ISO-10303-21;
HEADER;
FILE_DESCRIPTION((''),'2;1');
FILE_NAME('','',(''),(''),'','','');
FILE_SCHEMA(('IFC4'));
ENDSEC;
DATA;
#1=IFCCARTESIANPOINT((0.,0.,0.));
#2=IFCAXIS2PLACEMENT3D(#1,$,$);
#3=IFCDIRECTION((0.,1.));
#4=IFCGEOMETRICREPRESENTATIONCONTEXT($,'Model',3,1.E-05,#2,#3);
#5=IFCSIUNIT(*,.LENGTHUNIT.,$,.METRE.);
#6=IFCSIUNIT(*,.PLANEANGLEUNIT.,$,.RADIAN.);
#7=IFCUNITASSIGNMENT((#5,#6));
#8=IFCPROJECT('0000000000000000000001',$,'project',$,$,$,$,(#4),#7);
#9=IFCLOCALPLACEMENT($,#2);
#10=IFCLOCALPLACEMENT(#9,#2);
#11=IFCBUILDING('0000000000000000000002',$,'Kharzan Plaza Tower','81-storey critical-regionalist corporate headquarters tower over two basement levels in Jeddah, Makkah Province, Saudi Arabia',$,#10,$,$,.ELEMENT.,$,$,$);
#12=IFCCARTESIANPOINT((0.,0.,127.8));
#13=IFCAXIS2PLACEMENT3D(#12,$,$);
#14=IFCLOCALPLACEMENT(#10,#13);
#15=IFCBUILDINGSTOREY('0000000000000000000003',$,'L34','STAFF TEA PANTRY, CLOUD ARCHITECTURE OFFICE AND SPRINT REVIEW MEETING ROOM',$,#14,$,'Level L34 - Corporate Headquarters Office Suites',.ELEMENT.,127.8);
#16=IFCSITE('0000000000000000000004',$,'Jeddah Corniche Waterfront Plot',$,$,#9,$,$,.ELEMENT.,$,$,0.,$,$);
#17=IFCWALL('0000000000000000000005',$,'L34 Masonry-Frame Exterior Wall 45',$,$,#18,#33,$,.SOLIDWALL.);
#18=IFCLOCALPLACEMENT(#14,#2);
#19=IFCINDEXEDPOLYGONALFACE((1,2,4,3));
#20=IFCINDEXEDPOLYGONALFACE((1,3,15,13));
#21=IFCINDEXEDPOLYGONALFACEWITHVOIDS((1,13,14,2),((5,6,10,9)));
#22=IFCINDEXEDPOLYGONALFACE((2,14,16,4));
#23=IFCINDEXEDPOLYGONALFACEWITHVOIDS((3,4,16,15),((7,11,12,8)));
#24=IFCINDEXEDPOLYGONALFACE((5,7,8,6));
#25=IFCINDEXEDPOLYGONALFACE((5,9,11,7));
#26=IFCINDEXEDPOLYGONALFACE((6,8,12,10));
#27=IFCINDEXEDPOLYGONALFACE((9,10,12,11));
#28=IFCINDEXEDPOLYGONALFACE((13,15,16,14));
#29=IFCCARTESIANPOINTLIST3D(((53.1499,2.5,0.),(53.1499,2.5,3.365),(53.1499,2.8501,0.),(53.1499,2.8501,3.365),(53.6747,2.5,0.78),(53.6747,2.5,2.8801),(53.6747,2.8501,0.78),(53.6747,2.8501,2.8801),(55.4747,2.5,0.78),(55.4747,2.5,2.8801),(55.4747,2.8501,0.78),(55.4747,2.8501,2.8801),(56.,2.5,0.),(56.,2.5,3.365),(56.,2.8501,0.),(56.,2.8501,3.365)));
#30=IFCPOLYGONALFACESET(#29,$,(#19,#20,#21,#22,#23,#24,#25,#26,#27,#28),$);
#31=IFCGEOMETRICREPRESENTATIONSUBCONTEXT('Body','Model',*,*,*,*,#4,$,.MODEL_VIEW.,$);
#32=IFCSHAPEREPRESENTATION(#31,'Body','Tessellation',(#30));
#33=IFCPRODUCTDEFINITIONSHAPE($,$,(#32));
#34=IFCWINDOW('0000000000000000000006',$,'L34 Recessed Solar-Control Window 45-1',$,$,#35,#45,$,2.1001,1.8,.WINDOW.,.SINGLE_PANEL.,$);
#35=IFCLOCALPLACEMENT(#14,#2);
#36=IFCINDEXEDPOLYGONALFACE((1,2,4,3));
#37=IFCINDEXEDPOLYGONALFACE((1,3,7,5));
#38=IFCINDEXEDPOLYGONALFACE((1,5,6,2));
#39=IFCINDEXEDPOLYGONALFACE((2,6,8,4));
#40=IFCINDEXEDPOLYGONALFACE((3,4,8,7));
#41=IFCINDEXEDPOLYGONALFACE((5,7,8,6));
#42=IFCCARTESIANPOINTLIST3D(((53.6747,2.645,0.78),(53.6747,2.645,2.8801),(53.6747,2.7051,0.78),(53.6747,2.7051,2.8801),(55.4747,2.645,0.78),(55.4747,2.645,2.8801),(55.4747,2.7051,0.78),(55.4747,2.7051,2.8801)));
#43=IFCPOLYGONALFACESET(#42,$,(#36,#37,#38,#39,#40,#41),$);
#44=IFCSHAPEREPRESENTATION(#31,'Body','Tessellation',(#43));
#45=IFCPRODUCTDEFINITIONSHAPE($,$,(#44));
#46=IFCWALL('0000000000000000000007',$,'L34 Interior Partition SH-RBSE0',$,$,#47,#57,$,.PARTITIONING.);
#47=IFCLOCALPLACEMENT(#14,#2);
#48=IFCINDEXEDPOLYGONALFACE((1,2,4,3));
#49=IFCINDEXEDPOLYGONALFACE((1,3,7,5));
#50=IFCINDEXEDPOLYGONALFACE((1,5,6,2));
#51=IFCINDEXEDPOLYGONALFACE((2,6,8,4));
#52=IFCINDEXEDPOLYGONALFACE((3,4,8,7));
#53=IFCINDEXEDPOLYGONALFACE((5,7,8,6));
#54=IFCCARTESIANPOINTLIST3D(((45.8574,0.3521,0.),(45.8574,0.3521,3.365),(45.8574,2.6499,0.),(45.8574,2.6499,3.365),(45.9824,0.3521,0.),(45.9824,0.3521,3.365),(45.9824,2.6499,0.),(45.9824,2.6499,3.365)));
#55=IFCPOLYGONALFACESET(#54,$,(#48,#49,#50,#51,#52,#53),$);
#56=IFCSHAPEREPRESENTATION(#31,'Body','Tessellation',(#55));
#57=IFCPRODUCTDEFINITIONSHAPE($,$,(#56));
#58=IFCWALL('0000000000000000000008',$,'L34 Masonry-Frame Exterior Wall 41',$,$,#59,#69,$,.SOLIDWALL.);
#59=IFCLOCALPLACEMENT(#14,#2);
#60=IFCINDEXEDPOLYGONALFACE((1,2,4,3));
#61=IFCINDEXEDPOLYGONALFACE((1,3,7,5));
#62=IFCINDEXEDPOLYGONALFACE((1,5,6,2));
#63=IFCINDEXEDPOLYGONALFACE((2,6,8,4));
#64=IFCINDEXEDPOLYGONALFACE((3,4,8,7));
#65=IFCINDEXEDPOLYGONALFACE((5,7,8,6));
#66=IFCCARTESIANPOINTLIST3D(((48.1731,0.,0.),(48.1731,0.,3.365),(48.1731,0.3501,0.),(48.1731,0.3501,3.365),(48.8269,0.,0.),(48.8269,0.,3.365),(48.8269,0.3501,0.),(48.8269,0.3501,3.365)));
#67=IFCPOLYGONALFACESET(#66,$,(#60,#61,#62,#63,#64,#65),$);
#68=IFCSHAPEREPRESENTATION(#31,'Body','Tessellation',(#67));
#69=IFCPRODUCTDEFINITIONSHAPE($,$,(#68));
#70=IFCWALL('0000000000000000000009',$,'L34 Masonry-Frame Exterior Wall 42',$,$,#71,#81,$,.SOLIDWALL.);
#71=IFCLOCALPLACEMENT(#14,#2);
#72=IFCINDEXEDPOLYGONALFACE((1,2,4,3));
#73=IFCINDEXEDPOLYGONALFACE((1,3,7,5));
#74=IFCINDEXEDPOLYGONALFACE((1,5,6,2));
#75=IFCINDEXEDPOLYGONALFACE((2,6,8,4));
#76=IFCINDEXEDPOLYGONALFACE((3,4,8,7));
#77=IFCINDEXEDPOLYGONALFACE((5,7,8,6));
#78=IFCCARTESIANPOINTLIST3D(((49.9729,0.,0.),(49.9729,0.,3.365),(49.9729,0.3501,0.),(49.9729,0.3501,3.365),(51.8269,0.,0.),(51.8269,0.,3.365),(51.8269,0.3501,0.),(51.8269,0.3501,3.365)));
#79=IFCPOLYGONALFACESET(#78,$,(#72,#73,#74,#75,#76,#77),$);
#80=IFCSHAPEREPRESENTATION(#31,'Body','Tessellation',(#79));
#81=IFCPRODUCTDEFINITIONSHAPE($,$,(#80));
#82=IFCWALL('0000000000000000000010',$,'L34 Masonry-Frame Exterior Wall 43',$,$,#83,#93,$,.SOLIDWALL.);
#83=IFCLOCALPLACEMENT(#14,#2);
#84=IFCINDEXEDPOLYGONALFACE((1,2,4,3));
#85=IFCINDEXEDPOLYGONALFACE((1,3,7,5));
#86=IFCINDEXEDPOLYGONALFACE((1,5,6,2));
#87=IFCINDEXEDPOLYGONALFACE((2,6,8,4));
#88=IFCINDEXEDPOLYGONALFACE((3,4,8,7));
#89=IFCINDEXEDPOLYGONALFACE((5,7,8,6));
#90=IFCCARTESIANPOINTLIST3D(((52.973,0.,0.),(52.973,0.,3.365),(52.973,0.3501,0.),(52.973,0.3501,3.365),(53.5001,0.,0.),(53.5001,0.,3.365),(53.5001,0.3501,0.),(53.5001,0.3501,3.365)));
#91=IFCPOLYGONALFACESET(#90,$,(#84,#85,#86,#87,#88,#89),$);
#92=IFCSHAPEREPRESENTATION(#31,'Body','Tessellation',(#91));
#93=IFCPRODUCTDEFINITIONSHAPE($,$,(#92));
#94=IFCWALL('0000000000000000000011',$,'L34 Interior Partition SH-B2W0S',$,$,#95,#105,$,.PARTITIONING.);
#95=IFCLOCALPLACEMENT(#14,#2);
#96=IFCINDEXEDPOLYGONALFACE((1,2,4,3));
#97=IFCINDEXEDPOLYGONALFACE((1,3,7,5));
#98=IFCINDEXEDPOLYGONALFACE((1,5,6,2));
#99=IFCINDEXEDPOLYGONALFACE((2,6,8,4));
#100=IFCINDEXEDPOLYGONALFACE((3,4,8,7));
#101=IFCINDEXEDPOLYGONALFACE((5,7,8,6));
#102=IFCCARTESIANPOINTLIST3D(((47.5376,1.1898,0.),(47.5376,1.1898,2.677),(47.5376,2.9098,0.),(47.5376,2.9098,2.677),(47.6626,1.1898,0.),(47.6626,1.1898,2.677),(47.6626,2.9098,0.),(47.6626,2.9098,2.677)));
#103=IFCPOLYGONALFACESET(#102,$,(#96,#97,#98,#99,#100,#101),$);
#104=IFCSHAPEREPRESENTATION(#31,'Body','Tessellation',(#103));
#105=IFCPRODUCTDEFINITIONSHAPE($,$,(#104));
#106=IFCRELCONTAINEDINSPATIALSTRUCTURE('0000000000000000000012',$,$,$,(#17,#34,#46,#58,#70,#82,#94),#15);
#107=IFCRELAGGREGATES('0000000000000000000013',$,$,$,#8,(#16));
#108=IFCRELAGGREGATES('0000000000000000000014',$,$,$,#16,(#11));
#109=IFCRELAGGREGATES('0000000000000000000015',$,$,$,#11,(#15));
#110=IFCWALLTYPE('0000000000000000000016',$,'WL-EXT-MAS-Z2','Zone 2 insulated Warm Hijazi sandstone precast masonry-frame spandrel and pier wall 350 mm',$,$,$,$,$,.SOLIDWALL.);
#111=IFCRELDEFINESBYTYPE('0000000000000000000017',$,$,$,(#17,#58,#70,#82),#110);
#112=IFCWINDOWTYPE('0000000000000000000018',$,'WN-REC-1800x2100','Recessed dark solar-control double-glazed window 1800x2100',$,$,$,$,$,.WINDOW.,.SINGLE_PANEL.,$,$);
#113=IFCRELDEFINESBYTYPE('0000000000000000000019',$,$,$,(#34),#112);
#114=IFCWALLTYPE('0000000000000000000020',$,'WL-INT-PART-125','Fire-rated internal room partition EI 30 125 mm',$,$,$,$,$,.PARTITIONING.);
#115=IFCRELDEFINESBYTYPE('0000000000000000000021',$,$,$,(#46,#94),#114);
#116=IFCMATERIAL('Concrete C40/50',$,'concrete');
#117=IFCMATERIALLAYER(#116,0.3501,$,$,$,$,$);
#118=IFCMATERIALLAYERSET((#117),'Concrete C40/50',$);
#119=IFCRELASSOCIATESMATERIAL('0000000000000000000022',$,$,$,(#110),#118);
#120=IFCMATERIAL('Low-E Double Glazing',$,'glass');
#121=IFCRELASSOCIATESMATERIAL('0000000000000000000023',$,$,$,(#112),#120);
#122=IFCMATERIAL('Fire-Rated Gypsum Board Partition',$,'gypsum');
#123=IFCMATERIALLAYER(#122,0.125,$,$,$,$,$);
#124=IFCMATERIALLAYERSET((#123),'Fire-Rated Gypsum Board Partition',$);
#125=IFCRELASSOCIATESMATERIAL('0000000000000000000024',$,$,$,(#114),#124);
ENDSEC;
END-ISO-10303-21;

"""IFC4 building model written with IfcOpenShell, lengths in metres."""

from ifc_helpers import new_model, si_unit, direction, frame, frame_2d, origin, place, context, subcontext, project, spatial, rectangle, extrude, source, transform, mapped, material, layer, layer_set, type_object, element, fill, save


model = new_model("IFC4")

# Units and contexts
model_context = context("Model", 3, precision=1e-05, world=origin(), true_north=direction((0.0, 1.0)))
body_context = subcontext(model_context, "Body", "Model", "MODEL_VIEW")
ifc_project = project(units=[si_unit("LENGTHUNIT", "METRE"), si_unit("PLANEANGLEUNIT", "RADIAN")], contexts=[model_context])

# Site, building, storey
site_placement = place(None, origin())
site = spatial("IfcSite", under=ifc_project, at=site_placement, Name="Jeddah Corniche Waterfront Plot", CompositionType="ELEMENT", RefElevation=0.0)
building_placement = place(site_placement, origin())
building = spatial("IfcBuilding", under=site, at=building_placement, Name="Kharzan Plaza Tower", Description="81-storey critical-regionalist corporate headquarters tower over two basement levels in Jeddah, Makkah Province, Saudi Arabia", CompositionType="ELEMENT")
storey_placement = place(building_placement, frame((0.0, 0.0, 127.8)))
storey = spatial("IfcBuildingStorey", under=building, at=storey_placement, Name="L34", Description="STAFF TEA PANTRY, CLOUD ARCHITECTURE OFFICE AND SPRINT REVIEW MEETING ROOM", LongName="Level L34 - Corporate Headquarters Office Suites", CompositionType="ELEMENT", Elevation=127.8)

# Wall, opening, window
ifc_material_1 = material(Name="Concrete C40/50", Category="concrete")
ifc_layer_1 = layer(ifc_material_1, 0.3501)
ifc_layer_set_1 = layer_set([ifc_layer_1], Name="Concrete C40/50")
wall_type_1 = type_object("IfcWallType", Name="WL-EXT-MAS-Z2", Description="Zone 2 insulated Warm Hijazi sandstone precast masonry-frame spandrel and pier wall 350 mm", PredefinedType="SOLIDWALL", material=ifc_layer_set_1)
ifc_material_2 = material(Name="Low-E Double Glazing", Category="glass")
wall_1_placement = place(storey_placement, frame((53.1499, 2.675, 0.0), z_axis=(0.0, 0.0, 1.0), x_axis=(1.0, 0.0, 0.0)))
wall_1 = element("IfcWall", 1, at=wall_1_placement, inside=storey, type_object=wall_type_1, Name="L34 Masonry-Frame Exterior Wall 45", PredefinedType="SOLIDWALL", context=body_context, shape_type="SweptSolid", body=[
    extrude(rectangle(XDim=2.8501, YDim=0.3501, at=frame_2d((1.425, 0.0))), origin(), (0.0, 0.0, 1.0), 3.365),
])
opening_1_placement = place(wall_1_placement, frame((0.5249, 0.0, 0.78)))
opening_1 = element("IfcOpeningElement", 2, at=opening_1_placement, cuts=wall_1, PredefinedType="OPENING", context=body_context, shape_type="SweptSolid", body=[
    extrude(rectangle(XDim=1.8, YDim=2.1001, at=frame_2d((0.8999, 1.05))), frame((0.0, 0.1851, 0.0), z_axis=(0.0, -1.0, 0.0), x_axis=(1.0, 0.0, 0.0)), (0.0, 0.0, 1.0), 0.3701),
])
window_type_1 = type_object("IfcWindowType", Name="WN-REC-1800x2100", Description="Recessed dark solar-control double-glazed window 1800x2100", PartitioningType="SINGLE_PANEL", PredefinedType="WINDOW", material=ifc_material_2)
shared_shape_1 = source(origin(), body_context, "Body", "SweptSolid", [
    extrude(rectangle(XDim=1.8, YDim=2.1001, at=frame_2d((0.8999, 1.05))), frame((0.0, 0.03, 0.0), z_axis=(0.0, -1.0, 0.0), x_axis=(1.0, 0.0, 0.0)), (0.0, 0.0, 1.0), 0.0601),
])
window_1_placement = place(opening_1_placement, origin())
window_1 = element("IfcWindow", 3, at=window_1_placement, inside=storey, type_object=window_type_1, Name="L34 Recessed Solar-Control Window 45-1", OverallHeight=2.1001, OverallWidth=1.8, PartitioningType="SINGLE_PANEL", PredefinedType="WINDOW", context=body_context, shape_type="MappedRepresentation", body=[
    mapped(shared_shape_1, transform((0.0, 0.0, 0.0), x_axis=(1.0, 0.0, 0.0), y_axis=(0.0, 1.0, 0.0), z_axis=(0.0, 0.0, 1.0))),
])
fill(opening_1, window_1)

# Shared definitions
ifc_material_3 = material(Name="Fire-Rated Gypsum Board Partition", Category="gypsum")
ifc_layer_2 = layer(ifc_material_3, 0.125)
ifc_layer_set_2 = layer_set([ifc_layer_2], Name="Fire-Rated Gypsum Board Partition")
wall_type_2 = type_object("IfcWallType", Name="WL-INT-PART-125", Description="Fire-rated internal room partition EI 30 125 mm", PredefinedType="PARTITIONING", material=ifc_layer_set_2)

# Walls
shared_shape_2 = source(origin(), body_context, "Body", "SweptSolid", [
    extrude(rectangle(XDim=2.2979, YDim=0.125, at=frame_2d((1.1489, 0.0))), origin(), (0.0, 0.0, 1.0), 3.365),
])
wall_2_placement = place(storey_placement, frame((45.9199, 0.3521, 0.0), z_axis=(0.0, 0.0, 1.0), x_axis=(0.0, 1.0, 0.0)))
element("IfcWall", 4, at=wall_2_placement, inside=storey, type_object=wall_type_2, Name="L34 Interior Partition SH-RBSE0", PredefinedType="PARTITIONING", context=body_context, shape_type="MappedRepresentation", body=[
    mapped(shared_shape_2, transform((0.0, 0.0, 0.0), x_axis=(1.0, 0.0, 0.0), y_axis=(0.0, 1.0, 0.0), z_axis=(0.0, 0.0, 1.0))),
])
shared_shape_3 = source(origin(), body_context, "Body", "SweptSolid", [
    extrude(rectangle(XDim=0.6538, YDim=0.3501, at=frame_2d((0.3269, 0.0))), origin(), (0.0, 0.0, 1.0), 3.365),
])
wall_3_placement = place(storey_placement, frame((48.1731, 0.175, 0.0), z_axis=(0.0, 0.0, 1.0), x_axis=(1.0, 0.0, 0.0)))
element("IfcWall", 5, at=wall_3_placement, inside=storey, type_object=wall_type_1, Name="L34 Masonry-Frame Exterior Wall 41", PredefinedType="SOLIDWALL", context=body_context, shape_type="MappedRepresentation", body=[
    mapped(shared_shape_3, transform((0.0, 0.0, 0.0), x_axis=(1.0, 0.0, 0.0), y_axis=(0.0, 1.0, 0.0), z_axis=(0.0, 0.0, 1.0))),
])
shared_shape_4 = source(origin(), body_context, "Body", "SweptSolid", [
    extrude(rectangle(XDim=1.854, YDim=0.3501, at=frame_2d((0.927, 0.0))), origin(), (0.0, 0.0, 1.0), 3.365),
])
wall_4_placement = place(storey_placement, frame((49.9729, 0.175, 0.0), z_axis=(0.0, 0.0, 1.0), x_axis=(1.0, 0.0, 0.0)))
element("IfcWall", 6, at=wall_4_placement, inside=storey, type_object=wall_type_1, Name="L34 Masonry-Frame Exterior Wall 42", PredefinedType="SOLIDWALL", context=body_context, shape_type="MappedRepresentation", body=[
    mapped(shared_shape_4, transform((0.0, 0.0, 0.0), x_axis=(1.0, 0.0, 0.0), y_axis=(0.0, 1.0, 0.0), z_axis=(0.0, 0.0, 1.0))),
])
shared_shape_5 = source(origin(), body_context, "Body", "SweptSolid", [
    extrude(rectangle(XDim=0.5271, YDim=0.3501, at=frame_2d((0.2637, 0.0))), origin(), (0.0, 0.0, 1.0), 3.365),
])
wall_5_placement = place(storey_placement, frame((52.9729, 0.175, 0.0), z_axis=(0.0, 0.0, 1.0), x_axis=(1.0, 0.0, 0.0)))
element("IfcWall", 7, at=wall_5_placement, inside=storey, type_object=wall_type_1, Name="L34 Masonry-Frame Exterior Wall 43", PredefinedType="SOLIDWALL", context=body_context, shape_type="MappedRepresentation", body=[
    mapped(shared_shape_5, transform((0.0, 0.0, 0.0), x_axis=(1.0, 0.0, 0.0), y_axis=(0.0, 1.0, 0.0), z_axis=(0.0, 0.0, 1.0))),
])
shared_shape_6 = source(origin(), body_context, "Body", "SweptSolid", [
    extrude(rectangle(XDim=1.72, YDim=0.125, at=frame_2d((0.8599, 0.0))), origin(), (0.0, 0.0, 1.0), 2.677),
])
wall_6_placement = place(storey_placement, frame((47.6001, 1.1899, 0.0), z_axis=(0.0, 0.0, 1.0), x_axis=(0.0, 1.0, 0.0)))
element("IfcWall", 8, at=wall_6_placement, inside=storey, type_object=wall_type_2, Name="L34 Interior Partition SH-B2W0S", PredefinedType="PARTITIONING", context=body_context, shape_type="MappedRepresentation", body=[
    mapped(shared_shape_6, transform((0.0, 0.0, 0.0), x_axis=(1.0, 0.0, 0.0), y_axis=(0.0, 1.0, 0.0), z_axis=(0.0, 0.0, 1.0))),
])

save(model, "model.ifc")
